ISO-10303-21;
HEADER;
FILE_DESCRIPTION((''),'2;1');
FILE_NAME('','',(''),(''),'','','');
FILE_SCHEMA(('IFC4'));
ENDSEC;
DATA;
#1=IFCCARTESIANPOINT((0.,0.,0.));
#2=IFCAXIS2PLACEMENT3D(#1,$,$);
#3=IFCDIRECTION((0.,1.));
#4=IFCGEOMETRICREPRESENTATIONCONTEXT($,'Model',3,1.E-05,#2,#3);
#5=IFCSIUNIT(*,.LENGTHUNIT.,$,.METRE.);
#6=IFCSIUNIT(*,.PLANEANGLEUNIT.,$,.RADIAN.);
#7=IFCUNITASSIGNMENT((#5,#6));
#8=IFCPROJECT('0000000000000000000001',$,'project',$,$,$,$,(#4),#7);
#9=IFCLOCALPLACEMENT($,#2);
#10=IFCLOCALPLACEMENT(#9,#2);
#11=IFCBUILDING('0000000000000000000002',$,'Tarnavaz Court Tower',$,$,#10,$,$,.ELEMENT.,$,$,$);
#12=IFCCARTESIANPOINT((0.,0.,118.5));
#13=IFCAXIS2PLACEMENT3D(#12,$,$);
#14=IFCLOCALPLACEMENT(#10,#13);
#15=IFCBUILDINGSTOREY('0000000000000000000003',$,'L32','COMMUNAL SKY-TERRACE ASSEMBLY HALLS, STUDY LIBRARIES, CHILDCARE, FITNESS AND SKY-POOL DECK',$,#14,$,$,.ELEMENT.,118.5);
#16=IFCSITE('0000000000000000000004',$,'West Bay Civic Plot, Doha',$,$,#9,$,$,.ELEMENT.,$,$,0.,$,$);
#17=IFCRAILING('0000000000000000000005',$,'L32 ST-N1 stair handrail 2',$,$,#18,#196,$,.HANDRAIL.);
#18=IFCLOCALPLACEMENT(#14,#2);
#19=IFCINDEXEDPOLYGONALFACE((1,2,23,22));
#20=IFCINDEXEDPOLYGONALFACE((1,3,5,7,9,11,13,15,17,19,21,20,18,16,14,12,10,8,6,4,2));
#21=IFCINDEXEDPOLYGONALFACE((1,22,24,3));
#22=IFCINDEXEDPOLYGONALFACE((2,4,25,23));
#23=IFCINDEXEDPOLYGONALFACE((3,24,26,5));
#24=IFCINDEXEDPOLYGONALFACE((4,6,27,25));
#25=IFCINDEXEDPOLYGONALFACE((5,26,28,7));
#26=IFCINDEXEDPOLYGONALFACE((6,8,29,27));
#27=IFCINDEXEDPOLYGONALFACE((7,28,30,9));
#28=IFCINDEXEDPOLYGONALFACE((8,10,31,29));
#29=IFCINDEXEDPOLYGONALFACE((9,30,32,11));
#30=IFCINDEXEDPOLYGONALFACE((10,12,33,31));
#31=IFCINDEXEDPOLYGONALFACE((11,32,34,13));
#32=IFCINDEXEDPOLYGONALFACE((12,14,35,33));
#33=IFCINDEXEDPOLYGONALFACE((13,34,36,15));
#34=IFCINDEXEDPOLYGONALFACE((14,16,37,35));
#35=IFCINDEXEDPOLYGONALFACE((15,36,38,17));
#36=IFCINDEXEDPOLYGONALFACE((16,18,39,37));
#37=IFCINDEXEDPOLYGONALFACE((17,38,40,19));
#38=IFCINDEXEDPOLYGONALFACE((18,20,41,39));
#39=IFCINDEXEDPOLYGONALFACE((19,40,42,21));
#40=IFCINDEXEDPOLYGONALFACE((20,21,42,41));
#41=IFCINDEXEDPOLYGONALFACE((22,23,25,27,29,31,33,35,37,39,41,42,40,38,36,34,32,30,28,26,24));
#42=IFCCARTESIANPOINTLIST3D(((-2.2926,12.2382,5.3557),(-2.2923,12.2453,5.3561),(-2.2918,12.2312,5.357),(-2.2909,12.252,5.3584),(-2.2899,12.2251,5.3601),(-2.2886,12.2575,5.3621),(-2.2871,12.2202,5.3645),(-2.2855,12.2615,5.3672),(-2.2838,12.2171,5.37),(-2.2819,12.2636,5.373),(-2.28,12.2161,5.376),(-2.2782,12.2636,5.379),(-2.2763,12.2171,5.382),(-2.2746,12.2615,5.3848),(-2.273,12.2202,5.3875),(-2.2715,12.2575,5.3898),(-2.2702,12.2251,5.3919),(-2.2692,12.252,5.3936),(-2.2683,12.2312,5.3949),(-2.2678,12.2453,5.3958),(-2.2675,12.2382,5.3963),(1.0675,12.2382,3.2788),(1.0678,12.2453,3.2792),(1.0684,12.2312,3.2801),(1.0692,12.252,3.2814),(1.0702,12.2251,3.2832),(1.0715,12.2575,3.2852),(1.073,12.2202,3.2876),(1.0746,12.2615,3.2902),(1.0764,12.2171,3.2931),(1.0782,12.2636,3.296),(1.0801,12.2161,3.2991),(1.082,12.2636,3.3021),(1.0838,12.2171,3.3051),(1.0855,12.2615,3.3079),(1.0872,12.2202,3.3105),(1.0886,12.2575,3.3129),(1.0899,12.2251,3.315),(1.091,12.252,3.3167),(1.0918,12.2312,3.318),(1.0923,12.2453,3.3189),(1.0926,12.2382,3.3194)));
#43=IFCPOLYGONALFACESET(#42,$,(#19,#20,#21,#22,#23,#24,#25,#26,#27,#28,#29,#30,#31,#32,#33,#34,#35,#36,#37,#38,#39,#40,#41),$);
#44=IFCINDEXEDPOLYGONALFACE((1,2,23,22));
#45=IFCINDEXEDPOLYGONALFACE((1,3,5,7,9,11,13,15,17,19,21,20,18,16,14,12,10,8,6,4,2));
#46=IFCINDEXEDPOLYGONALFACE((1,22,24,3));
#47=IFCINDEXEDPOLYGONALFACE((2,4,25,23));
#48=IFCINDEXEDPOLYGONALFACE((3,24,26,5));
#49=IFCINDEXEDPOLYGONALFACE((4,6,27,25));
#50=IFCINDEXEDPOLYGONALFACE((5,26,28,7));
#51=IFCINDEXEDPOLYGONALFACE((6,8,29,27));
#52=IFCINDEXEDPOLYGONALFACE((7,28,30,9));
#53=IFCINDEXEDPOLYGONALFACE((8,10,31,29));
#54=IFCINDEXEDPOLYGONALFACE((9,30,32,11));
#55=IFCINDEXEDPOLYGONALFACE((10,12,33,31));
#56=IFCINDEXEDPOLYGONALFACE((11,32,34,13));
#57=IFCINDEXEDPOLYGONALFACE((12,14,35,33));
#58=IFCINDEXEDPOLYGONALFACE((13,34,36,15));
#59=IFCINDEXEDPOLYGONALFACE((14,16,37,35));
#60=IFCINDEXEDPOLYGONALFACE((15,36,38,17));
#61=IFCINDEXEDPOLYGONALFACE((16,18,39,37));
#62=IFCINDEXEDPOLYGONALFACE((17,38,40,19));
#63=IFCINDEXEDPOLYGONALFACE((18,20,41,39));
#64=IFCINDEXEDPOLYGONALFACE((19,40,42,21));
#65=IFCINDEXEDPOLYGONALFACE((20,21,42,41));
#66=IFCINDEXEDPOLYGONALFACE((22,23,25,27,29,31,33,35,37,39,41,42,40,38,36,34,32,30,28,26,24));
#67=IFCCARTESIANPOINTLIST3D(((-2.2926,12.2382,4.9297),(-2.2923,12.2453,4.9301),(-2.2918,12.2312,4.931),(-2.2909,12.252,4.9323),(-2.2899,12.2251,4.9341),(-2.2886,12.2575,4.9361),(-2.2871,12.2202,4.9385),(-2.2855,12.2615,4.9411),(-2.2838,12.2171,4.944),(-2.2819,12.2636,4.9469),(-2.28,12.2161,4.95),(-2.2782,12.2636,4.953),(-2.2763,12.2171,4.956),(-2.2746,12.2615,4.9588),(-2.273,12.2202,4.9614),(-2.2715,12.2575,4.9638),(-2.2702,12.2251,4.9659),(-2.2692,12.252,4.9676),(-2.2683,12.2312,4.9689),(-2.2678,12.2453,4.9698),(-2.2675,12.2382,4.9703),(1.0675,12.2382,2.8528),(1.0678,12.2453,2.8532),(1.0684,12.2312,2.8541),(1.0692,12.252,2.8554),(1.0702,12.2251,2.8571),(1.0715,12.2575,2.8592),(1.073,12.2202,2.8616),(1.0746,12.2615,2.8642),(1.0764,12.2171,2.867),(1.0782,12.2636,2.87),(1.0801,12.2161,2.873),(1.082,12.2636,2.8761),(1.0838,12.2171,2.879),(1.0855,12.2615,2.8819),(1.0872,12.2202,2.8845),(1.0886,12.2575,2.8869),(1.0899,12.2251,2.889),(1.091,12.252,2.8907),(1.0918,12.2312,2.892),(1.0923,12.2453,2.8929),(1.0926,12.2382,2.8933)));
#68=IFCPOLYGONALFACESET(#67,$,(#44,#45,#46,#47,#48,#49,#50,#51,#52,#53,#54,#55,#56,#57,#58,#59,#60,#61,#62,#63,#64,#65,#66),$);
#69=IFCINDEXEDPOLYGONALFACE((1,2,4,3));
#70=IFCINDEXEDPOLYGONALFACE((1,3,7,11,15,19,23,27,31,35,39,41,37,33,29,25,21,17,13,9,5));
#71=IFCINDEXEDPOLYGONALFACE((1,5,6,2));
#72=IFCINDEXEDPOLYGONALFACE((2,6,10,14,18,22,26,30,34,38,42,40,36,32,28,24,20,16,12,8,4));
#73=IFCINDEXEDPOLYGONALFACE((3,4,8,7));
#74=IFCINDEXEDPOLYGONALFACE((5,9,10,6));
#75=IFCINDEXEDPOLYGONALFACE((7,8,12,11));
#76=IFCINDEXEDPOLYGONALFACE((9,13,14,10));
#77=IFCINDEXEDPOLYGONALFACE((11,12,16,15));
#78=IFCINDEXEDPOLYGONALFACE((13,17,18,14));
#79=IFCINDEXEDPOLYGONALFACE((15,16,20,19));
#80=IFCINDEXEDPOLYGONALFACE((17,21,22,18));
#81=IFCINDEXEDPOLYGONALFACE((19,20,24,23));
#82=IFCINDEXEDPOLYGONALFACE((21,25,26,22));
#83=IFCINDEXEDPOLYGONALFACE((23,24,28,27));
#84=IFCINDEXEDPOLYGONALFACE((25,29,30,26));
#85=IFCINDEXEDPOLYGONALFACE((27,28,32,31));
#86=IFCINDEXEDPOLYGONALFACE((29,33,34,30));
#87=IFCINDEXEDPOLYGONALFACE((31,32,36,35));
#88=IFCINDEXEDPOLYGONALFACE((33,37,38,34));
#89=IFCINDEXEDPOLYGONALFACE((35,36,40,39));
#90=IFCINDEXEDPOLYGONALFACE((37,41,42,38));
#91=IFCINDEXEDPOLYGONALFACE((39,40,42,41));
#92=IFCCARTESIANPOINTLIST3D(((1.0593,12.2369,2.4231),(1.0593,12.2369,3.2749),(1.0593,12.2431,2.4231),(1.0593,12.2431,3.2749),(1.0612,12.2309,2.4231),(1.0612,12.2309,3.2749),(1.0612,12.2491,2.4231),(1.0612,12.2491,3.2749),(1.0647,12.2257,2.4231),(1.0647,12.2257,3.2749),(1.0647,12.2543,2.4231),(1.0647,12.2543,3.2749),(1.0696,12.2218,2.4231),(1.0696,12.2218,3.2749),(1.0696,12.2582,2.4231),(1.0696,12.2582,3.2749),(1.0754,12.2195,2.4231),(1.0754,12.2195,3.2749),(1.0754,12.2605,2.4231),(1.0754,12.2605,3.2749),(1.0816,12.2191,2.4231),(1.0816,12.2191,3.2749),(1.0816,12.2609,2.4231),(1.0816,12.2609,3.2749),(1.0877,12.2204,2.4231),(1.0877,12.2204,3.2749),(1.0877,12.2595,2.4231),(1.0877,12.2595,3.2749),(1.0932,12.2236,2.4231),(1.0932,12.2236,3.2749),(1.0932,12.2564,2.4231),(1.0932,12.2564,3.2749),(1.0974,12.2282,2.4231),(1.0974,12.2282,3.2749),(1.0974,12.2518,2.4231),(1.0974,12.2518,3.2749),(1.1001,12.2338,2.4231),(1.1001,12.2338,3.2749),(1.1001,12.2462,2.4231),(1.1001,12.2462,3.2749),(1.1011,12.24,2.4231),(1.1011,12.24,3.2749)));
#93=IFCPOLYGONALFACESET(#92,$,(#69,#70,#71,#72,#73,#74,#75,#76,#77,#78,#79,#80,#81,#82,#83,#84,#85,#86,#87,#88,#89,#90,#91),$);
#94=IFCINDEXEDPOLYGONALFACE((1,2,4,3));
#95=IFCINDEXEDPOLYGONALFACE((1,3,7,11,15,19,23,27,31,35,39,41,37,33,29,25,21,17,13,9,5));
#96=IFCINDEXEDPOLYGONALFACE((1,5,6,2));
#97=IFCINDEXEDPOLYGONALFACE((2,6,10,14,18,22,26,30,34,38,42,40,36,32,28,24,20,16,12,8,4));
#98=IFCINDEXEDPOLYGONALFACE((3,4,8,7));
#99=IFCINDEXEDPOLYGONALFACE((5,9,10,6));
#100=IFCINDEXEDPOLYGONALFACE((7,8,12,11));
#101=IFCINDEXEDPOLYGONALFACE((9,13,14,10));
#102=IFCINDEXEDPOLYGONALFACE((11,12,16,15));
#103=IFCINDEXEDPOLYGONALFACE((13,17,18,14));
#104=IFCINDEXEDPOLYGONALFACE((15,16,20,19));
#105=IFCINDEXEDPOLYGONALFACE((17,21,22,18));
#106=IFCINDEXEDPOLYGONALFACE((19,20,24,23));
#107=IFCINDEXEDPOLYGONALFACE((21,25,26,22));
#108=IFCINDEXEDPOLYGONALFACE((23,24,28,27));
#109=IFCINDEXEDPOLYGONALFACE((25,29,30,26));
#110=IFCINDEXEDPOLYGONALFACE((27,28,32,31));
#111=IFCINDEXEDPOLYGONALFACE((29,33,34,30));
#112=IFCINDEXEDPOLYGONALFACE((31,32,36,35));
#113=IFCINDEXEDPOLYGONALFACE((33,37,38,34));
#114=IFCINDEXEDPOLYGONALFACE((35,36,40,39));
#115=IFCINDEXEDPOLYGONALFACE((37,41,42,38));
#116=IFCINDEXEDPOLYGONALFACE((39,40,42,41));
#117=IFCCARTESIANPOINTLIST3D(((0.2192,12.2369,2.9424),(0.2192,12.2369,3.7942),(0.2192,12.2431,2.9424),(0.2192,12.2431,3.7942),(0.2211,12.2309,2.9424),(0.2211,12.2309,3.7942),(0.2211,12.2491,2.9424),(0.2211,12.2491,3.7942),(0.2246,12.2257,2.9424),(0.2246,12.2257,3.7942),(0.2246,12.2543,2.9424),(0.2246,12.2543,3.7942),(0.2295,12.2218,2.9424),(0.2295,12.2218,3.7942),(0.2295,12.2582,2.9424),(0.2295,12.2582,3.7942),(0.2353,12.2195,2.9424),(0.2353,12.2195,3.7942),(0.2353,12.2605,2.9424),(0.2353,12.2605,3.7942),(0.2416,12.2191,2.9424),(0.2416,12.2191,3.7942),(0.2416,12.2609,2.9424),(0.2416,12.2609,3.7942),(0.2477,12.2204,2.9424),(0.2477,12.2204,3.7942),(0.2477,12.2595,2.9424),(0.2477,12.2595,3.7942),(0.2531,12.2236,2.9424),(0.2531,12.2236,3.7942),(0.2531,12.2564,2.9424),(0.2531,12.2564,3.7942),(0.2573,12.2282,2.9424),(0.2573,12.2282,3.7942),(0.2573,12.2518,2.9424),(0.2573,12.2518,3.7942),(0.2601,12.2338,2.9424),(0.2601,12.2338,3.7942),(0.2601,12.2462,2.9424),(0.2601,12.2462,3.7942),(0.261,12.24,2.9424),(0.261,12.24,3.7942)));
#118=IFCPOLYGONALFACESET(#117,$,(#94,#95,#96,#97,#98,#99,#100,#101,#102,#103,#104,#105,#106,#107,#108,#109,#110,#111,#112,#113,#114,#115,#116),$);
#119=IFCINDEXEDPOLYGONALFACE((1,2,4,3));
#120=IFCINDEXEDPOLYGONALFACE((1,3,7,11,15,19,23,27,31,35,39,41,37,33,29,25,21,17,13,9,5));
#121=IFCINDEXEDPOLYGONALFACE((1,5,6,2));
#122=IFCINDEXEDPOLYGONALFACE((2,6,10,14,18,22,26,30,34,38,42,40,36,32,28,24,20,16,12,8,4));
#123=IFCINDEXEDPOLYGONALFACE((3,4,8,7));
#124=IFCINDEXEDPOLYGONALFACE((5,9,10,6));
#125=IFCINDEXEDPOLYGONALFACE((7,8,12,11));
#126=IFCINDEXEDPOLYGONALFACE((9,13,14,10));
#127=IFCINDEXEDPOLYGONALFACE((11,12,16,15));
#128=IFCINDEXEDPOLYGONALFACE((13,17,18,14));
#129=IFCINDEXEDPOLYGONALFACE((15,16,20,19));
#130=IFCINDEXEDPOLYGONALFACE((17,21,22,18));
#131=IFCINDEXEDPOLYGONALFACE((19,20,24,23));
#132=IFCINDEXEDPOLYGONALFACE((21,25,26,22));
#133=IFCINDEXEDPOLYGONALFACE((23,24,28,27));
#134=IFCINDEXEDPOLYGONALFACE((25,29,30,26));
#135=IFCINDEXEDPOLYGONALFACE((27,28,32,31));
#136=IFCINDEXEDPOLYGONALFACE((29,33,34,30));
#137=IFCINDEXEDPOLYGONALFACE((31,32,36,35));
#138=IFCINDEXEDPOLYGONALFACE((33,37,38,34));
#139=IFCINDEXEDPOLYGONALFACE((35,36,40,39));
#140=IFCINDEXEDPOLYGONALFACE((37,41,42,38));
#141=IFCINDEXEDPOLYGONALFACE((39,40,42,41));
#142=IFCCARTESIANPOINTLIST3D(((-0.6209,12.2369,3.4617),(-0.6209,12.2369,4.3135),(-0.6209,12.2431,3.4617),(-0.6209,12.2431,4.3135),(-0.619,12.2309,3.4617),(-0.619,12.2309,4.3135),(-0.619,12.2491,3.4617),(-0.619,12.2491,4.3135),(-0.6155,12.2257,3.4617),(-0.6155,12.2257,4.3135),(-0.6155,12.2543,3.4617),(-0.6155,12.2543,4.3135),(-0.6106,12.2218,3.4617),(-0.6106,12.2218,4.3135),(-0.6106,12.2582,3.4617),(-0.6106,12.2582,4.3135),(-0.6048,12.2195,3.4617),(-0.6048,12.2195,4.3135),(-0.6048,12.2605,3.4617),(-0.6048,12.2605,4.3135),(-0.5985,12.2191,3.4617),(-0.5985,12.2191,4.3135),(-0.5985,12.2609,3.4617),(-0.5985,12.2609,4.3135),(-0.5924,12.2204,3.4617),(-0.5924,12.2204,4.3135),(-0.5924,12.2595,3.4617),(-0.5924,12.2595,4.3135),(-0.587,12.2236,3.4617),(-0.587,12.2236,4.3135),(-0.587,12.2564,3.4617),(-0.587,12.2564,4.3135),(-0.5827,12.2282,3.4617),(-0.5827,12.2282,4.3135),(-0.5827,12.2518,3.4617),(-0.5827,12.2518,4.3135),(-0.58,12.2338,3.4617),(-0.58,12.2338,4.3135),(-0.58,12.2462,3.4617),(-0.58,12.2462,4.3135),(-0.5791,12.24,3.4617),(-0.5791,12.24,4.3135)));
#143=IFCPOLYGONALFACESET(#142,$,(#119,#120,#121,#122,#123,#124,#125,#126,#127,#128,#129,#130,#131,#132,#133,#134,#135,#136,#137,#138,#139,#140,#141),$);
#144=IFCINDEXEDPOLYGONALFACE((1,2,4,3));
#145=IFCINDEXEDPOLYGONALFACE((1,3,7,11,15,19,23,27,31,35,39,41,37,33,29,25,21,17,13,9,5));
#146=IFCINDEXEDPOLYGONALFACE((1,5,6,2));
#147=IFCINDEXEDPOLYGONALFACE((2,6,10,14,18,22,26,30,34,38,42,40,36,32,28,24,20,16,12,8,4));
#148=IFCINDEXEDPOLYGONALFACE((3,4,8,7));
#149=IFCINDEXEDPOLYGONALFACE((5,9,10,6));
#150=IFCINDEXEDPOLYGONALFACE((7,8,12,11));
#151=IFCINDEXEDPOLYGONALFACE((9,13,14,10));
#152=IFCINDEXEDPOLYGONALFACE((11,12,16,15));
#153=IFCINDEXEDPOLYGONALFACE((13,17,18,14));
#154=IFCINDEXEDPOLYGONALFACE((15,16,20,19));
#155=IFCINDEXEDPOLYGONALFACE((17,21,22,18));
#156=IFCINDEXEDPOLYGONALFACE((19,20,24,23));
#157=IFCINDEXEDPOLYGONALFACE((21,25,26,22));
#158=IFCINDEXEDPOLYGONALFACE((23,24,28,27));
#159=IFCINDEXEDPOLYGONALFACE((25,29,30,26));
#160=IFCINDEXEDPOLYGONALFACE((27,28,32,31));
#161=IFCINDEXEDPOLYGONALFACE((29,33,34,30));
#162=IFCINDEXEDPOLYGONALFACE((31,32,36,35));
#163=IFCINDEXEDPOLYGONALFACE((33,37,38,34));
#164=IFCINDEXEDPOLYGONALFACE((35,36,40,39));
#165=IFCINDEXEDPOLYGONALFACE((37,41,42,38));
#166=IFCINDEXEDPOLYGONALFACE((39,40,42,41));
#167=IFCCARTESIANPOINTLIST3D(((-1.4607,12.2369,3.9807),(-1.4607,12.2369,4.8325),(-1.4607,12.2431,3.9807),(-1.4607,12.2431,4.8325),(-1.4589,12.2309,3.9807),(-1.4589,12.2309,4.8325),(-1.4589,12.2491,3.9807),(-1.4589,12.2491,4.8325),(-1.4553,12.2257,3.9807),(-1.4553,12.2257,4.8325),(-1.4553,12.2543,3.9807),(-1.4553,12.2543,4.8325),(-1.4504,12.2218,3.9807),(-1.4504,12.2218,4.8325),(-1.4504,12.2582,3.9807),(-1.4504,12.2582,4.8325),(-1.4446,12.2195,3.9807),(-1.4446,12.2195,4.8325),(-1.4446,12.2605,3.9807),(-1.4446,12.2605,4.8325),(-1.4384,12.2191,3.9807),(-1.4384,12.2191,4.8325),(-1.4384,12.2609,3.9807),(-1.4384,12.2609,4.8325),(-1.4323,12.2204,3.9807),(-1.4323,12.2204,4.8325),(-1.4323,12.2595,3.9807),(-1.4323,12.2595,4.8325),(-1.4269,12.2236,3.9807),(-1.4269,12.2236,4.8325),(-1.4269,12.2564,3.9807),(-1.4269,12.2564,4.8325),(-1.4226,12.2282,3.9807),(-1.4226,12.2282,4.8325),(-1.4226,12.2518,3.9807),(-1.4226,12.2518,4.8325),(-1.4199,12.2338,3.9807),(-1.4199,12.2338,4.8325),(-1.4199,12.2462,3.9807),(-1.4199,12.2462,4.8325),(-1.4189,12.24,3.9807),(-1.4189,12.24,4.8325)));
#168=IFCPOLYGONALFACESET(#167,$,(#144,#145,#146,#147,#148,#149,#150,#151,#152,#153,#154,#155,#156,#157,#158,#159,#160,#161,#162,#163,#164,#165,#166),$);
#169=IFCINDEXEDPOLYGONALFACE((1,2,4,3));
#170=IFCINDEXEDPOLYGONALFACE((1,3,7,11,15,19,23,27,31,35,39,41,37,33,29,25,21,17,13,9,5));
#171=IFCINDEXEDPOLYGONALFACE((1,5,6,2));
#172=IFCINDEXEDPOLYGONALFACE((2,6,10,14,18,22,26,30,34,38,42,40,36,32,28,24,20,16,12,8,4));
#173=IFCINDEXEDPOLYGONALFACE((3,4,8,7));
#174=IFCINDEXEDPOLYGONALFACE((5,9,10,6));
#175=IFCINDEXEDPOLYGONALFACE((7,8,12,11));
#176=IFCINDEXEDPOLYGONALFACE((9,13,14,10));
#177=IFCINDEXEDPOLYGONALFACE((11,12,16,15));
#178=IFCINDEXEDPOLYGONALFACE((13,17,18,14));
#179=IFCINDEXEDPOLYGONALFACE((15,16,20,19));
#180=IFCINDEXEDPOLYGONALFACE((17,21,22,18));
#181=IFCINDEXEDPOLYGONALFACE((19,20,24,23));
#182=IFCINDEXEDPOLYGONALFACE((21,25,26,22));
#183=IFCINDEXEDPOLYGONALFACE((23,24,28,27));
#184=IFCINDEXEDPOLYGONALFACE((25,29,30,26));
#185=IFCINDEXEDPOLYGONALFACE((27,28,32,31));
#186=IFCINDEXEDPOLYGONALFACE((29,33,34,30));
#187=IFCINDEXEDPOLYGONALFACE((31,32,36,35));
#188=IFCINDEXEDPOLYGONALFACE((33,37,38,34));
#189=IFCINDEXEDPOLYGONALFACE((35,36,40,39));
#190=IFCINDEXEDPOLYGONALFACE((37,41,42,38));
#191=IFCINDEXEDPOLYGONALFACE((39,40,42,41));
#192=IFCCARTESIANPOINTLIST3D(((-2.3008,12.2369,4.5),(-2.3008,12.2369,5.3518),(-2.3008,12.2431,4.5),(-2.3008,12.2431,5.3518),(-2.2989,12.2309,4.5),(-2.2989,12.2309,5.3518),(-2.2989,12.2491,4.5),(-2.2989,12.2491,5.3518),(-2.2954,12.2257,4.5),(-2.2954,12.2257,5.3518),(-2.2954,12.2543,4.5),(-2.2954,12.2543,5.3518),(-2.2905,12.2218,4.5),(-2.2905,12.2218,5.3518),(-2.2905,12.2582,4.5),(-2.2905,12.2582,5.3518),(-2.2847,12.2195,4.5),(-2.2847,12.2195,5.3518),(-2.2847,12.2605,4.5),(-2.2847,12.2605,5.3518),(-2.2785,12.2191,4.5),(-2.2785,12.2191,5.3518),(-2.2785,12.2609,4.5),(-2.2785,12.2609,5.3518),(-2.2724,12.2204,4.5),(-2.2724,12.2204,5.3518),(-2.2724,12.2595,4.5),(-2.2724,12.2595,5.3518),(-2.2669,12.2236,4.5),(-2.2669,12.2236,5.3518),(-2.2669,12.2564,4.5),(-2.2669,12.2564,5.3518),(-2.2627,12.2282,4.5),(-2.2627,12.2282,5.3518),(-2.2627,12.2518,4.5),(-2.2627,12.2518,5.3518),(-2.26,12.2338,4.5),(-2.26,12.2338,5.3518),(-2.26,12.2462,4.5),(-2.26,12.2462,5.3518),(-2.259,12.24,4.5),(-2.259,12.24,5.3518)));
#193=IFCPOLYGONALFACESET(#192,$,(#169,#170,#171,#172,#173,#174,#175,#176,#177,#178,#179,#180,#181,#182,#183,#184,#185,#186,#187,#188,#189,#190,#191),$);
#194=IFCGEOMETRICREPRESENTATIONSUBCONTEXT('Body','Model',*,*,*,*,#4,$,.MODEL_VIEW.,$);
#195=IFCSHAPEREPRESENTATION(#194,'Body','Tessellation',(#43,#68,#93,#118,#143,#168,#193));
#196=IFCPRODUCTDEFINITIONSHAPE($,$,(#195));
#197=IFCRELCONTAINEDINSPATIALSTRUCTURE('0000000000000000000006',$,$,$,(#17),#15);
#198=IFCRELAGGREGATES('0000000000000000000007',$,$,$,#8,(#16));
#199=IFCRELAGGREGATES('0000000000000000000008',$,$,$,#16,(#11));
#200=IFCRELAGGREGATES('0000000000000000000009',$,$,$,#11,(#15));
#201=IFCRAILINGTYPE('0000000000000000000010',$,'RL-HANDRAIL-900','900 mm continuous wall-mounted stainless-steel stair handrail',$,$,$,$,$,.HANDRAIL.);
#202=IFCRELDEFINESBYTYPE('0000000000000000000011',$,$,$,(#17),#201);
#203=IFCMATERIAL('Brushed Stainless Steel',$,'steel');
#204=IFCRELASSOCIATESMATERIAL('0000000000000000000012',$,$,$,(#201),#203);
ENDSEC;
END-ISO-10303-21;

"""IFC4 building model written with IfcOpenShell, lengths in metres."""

from ifc_helpers import new_model, si_unit, direction, frame, origin, origin_2d, place, context, subcontext, project, spatial, circle, extrude, material, type_object, element, save


model = new_model("IFC4")

# Units and contexts
model_context = context("Model", 3, precision=1e-05, world=origin(), true_north=direction((0.0, 1.0)))
body_context = subcontext(model_context, "Body", "Model", "MODEL_VIEW")
ifc_project = project(units=[si_unit("LENGTHUNIT", "METRE"), si_unit("PLANEANGLEUNIT", "RADIAN")], contexts=[model_context])

# Site, building, storey
site_placement = place(None, origin())
site = spatial("IfcSite", under=ifc_project, at=site_placement, Name="West Bay Civic Plot, Doha", CompositionType="ELEMENT", RefElevation=0.0)
building_placement = place(site_placement, origin())
building = spatial("IfcBuilding", under=site, at=building_placement, Name="Tarnavaz Court Tower", CompositionType="ELEMENT")
storey_placement = place(building_placement, frame((0.0, 0.0, 118.5)))
storey = spatial("IfcBuildingStorey", under=building, at=storey_placement, Name="L32", Description="COMMUNAL SKY-TERRACE ASSEMBLY HALLS, STUDY LIBRARIES, CHILDCARE, FITNESS AND SKY-POOL DECK", CompositionType="ELEMENT", Elevation=118.5)

# Railing
ifc_material_1 = material(Name="Brushed Stainless Steel", Category="steel")
railing_type_1 = type_object("IfcRailingType", Name="RL-HANDRAIL-900", Description="900 mm continuous wall-mounted stainless-steel stair handrail", PredefinedType="HANDRAIL", material=ifc_material_1)
railing_1_placement = place(storey_placement, frame((1.0801, 12.24, 2.4231)))
element("IfcRailing", 1, at=railing_1_placement, inside=storey, type_object=railing_type_1, Name="L32 ST-N1 stair handrail 2", PredefinedType="HANDRAIL", context=body_context, shape_type="SweptSolid", body=[
    extrude(circle(Radius=0.0239, at=origin_2d()), frame((0.0, 0.0, 0.876), z_axis=(-0.850623, 0.0, 0.525776), x_axis=(0.0, -1.0, 0.0)), (0.0, 0.0, 1.0), 3.9502),
    extrude(circle(Radius=0.0239, at=origin_2d()), frame((0.0, 0.0, 0.45), z_axis=(-0.850623, 0.0, 0.525776), x_axis=(0.0, -1.0, 0.0)), (0.0, 0.0, 1.0), 3.9502),
    extrude(circle(Radius=0.021, at=origin_2d()), origin(), (0.0, 0.0, 1.0), 0.8518),
    extrude(circle(Radius=0.021, at=origin_2d()), frame((-0.8401, 0.0, 0.5193)), (0.0, 0.0, 1.0), 0.8518),
    extrude(circle(Radius=0.021, at=origin_2d()), frame((-1.6802, 0.0, 1.0386)), (0.0, 0.0, 1.0), 0.8518),
    extrude(circle(Radius=0.021, at=origin_2d()), frame((-2.52, 0.0, 1.5576)), (0.0, 0.0, 1.0), 0.8518),
    extrude(circle(Radius=0.021, at=origin_2d()), frame((-3.3601, 0.0, 2.0769)), (0.0, 0.0, 1.0), 0.8518),
])

save(model, "model.ifc")
